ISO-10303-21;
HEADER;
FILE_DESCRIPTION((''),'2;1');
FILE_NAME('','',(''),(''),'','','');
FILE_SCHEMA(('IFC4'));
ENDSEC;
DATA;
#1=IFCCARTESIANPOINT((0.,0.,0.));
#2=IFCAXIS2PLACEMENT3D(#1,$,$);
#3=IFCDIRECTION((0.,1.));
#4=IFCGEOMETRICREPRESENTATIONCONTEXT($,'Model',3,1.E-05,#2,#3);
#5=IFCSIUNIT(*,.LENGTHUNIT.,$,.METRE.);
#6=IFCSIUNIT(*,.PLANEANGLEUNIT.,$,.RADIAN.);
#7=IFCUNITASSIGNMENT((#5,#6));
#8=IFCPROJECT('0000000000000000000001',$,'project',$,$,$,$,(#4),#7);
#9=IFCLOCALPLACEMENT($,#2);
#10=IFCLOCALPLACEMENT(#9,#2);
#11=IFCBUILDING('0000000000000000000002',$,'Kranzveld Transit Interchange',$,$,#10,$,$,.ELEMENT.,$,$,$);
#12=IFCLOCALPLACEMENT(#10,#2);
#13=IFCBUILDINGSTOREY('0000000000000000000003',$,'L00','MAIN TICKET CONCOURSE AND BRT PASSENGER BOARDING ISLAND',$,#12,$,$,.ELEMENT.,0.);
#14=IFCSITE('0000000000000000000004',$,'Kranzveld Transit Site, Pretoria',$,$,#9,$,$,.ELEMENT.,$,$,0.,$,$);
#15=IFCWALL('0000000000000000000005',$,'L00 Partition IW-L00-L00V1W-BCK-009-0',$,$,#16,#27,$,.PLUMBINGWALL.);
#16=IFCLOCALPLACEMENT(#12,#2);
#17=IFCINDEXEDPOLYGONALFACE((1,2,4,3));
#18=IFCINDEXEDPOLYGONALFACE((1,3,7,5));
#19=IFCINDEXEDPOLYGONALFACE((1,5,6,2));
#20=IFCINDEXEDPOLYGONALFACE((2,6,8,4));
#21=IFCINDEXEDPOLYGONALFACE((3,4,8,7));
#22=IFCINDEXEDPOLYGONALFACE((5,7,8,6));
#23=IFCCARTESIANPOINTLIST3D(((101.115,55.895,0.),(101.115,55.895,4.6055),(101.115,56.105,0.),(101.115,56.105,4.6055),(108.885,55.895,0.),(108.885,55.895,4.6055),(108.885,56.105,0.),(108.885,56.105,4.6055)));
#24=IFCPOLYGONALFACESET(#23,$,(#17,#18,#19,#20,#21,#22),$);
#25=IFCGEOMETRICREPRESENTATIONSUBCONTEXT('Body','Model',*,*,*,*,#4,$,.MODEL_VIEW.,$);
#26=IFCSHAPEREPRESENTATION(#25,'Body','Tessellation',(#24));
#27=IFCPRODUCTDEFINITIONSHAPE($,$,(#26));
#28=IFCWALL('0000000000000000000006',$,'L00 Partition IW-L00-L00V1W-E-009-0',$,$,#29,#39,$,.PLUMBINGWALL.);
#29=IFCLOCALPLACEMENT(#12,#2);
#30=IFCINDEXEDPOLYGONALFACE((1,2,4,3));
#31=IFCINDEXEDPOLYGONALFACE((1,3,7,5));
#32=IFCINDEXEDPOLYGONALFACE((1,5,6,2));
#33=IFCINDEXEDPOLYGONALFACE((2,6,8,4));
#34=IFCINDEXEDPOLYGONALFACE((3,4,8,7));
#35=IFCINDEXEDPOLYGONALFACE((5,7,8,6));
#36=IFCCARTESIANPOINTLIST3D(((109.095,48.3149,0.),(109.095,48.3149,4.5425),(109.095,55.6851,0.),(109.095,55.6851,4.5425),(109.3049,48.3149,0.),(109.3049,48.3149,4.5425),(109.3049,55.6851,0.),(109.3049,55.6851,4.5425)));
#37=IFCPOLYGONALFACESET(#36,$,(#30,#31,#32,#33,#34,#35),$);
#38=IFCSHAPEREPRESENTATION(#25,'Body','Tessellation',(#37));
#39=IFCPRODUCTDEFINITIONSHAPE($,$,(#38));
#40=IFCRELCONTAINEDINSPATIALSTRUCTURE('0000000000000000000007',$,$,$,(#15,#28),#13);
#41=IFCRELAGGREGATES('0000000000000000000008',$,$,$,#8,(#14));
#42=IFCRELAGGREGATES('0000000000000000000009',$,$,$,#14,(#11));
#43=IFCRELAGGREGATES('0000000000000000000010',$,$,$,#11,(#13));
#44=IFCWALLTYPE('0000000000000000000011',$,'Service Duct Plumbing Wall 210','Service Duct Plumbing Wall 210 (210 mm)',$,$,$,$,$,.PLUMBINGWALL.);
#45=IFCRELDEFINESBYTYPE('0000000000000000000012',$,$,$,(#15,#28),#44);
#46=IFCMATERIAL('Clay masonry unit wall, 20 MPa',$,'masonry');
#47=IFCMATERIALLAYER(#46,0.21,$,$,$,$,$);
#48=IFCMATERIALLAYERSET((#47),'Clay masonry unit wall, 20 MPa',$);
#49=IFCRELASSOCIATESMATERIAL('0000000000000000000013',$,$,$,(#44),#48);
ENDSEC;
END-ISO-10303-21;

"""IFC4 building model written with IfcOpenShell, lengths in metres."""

from ifc_helpers import new_model, si_unit, direction, frame, frame_2d, origin, place, context, subcontext, project, spatial, rectangle, extrude, material, layer, layer_set, type_object, element, save


model = new_model("IFC4")

# Units and contexts
model_context = context("Model", 3, precision=1e-05, world=origin(), true_north=direction((0.0, 1.0)))
body_context = subcontext(model_context, "Body", "Model", "MODEL_VIEW")
ifc_project = project(units=[si_unit("LENGTHUNIT", "METRE"), si_unit("PLANEANGLEUNIT", "RADIAN")], contexts=[model_context])

# Site, building, storey
site_placement = place(None, origin())
site = spatial("IfcSite", under=ifc_project, at=site_placement, Name="Kranzveld Transit Site, Pretoria", CompositionType="ELEMENT", RefElevation=0.0)
building_placement = place(site_placement, origin())
building = spatial("IfcBuilding", under=site, at=building_placement, Name="Kranzveld Transit Interchange", CompositionType="ELEMENT")
storey_placement = place(building_placement, origin())
storey = spatial("IfcBuildingStorey", under=building, at=storey_placement, Name="L00", Description="MAIN TICKET CONCOURSE AND BRT PASSENGER BOARDING ISLAND", CompositionType="ELEMENT", Elevation=0.0)

# Shared definitions
ifc_material_1 = material(Name="Clay masonry unit wall, 20 MPa", Category="masonry")
ifc_layer_1 = layer(ifc_material_1, 0.21)
ifc_layer_set_1 = layer_set([ifc_layer_1], Name="Clay masonry unit wall, 20 MPa")
wall_type_1 = type_object("IfcWallType", Name="Service Duct Plumbing Wall 210", Description="Service Duct Plumbing Wall 210 (210 mm)", PredefinedType="PLUMBINGWALL", material=ifc_layer_set_1)

# Walls
wall_1_placement = place(storey_placement, frame((101.115, 56.0, 0.0), z_axis=(0.0, 0.0, 1.0), x_axis=(1.0, 0.0, 0.0)))
element("IfcWall", 1, at=wall_1_placement, inside=storey, type_object=wall_type_1, Name="L00 Partition IW-L00-L00V1W-BCK-009-0", PredefinedType="PLUMBINGWALL", context=body_context, shape_type="SweptSolid", body=[
    extrude(rectangle(XDim=7.77, YDim=0.21, at=frame_2d((3.885, 0.0))), origin(), (0.0, 0.0, 1.0), 4.6055),
])
wall_2_placement = place(storey_placement, frame((109.2, 48.3149, 0.0), z_axis=(0.0, 0.0, 1.0), x_axis=(0.0, 1.0, 0.0)))
element("IfcWall", 2, at=wall_2_placement, inside=storey, type_object=wall_type_1, Name="L00 Partition IW-L00-L00V1W-E-009-0", PredefinedType="PLUMBINGWALL", context=body_context, shape_type="SweptSolid", body=[
    extrude(rectangle(XDim=7.3701, YDim=0.21, at=frame_2d((3.6851, 0.0))), origin(), (0.0, 0.0, 1.0), 4.5425),
])

save(model, "model.ifc")
